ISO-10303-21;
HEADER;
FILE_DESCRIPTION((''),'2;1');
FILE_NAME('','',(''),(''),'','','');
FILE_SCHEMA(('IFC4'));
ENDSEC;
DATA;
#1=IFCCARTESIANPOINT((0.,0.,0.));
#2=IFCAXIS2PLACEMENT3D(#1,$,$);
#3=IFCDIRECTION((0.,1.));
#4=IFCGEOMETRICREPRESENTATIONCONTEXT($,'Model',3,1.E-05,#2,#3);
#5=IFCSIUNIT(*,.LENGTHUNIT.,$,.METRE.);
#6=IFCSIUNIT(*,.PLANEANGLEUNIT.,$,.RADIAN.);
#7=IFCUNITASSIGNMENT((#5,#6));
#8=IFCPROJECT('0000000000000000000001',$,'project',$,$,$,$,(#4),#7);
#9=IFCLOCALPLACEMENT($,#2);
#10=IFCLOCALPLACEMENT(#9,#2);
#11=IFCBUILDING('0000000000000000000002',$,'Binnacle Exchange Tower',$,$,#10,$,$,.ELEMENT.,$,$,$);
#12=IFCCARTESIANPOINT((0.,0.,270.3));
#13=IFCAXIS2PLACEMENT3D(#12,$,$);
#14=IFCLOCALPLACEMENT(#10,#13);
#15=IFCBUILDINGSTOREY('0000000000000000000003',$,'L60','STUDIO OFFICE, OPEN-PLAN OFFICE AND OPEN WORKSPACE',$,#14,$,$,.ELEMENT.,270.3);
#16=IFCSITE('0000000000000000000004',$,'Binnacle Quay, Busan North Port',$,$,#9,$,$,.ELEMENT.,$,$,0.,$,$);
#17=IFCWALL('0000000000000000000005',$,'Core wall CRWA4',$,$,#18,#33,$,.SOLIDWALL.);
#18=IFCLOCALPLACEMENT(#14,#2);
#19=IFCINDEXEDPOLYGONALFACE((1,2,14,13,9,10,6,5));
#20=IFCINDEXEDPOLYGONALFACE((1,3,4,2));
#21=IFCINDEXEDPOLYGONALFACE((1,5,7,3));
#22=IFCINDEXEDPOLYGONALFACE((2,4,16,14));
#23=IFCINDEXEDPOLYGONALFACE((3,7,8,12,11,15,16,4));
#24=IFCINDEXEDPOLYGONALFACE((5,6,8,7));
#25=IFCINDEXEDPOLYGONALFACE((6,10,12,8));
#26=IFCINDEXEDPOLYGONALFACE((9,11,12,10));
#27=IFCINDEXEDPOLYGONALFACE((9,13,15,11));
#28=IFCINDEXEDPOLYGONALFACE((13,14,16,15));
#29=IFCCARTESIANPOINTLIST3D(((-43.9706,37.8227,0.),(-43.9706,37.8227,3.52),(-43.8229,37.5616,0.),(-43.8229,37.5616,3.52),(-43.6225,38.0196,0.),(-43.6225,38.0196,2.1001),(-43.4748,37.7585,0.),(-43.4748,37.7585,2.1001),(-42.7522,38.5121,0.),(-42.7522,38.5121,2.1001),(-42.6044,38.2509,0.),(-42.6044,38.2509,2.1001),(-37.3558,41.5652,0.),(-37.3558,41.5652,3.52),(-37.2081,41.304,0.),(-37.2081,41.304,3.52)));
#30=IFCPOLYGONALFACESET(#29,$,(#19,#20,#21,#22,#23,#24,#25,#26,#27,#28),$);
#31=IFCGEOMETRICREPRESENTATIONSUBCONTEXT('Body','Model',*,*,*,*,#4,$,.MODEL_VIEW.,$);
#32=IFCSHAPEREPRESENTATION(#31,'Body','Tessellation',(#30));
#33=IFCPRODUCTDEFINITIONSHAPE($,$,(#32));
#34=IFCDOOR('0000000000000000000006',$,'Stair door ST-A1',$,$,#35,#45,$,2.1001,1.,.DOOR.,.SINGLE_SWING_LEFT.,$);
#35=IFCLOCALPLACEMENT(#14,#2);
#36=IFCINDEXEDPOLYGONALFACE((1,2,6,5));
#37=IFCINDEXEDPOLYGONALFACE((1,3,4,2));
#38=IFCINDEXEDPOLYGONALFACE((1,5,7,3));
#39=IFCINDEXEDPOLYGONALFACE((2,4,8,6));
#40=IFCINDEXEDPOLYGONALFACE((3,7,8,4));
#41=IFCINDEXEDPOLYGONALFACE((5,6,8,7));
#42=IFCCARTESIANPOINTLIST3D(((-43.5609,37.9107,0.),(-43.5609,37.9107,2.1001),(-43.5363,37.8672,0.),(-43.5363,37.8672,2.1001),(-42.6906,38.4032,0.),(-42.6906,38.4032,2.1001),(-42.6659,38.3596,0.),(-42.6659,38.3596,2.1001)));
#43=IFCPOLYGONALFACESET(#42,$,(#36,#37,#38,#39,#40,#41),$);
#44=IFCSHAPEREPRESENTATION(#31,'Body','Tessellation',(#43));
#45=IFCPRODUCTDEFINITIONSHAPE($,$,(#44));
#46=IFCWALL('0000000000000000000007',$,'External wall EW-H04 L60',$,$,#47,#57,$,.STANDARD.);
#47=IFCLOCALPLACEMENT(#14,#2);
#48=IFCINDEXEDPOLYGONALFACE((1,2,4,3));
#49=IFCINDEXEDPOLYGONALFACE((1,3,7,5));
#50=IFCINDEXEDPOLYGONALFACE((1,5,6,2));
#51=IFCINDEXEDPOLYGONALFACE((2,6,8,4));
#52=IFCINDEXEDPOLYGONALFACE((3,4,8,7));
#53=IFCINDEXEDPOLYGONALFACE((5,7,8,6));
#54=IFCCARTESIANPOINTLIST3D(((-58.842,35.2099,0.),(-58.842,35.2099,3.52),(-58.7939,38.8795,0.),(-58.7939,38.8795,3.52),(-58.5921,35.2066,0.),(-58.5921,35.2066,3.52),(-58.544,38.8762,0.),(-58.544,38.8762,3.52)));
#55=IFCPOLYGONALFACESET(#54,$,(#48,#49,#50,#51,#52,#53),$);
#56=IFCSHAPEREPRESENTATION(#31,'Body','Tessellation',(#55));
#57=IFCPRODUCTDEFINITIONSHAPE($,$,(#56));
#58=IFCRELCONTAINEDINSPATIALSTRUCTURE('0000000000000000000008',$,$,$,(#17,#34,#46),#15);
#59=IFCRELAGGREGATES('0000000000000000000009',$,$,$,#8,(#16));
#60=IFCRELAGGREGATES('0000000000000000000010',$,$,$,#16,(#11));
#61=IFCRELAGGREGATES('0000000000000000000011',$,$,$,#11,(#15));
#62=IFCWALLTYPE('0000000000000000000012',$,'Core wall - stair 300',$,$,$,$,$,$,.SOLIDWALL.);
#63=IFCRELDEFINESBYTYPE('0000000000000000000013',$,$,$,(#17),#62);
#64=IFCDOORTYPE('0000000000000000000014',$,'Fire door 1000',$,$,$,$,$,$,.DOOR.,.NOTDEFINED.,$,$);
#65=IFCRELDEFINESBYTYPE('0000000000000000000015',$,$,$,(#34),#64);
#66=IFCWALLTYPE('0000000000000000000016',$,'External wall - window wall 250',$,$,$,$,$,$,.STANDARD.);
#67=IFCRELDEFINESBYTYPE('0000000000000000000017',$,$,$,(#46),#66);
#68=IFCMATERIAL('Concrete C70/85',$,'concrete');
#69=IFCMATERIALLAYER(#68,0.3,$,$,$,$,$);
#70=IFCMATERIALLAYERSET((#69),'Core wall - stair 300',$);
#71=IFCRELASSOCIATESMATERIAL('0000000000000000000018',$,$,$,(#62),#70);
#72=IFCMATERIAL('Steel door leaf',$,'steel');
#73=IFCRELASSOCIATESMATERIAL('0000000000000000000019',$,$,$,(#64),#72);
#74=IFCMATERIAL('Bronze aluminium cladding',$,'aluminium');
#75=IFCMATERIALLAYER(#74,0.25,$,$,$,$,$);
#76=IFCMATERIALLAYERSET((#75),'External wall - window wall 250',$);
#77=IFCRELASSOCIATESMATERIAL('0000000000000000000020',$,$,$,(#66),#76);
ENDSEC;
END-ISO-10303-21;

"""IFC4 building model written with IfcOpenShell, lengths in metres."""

from ifc_helpers import new_model, si_unit, direction, frame, frame_2d, origin, place, context, subcontext, project, spatial, rectangle, extrude, material, layer, layer_set, type_object, element, fill, save


model = new_model("IFC4")

# Units and contexts
model_context = context("Model", 3, precision=1e-05, world=origin(), true_north=direction((0.0, 1.0)))
body_context = subcontext(model_context, "Body", "Model", "MODEL_VIEW")
ifc_project = project(units=[si_unit("LENGTHUNIT", "METRE"), si_unit("PLANEANGLEUNIT", "RADIAN")], contexts=[model_context])

# Site, building, storey
site_placement = place(None, origin())
site = spatial("IfcSite", under=ifc_project, at=site_placement, Name="Binnacle Quay, Busan North Port", CompositionType="ELEMENT", RefElevation=0.0)
building_placement = place(site_placement, origin())
building = spatial("IfcBuilding", under=site, at=building_placement, Name="Binnacle Exchange Tower", CompositionType="ELEMENT")
storey_placement = place(building_placement, frame((0.0, 0.0, 270.3)))
storey = spatial("IfcBuildingStorey", under=building, at=storey_placement, Name="L60", Description="STUDIO OFFICE, OPEN-PLAN OFFICE AND OPEN WORKSPACE", CompositionType="ELEMENT", Elevation=270.3)

# Wall, opening, door
ifc_material_1 = material(Name="Concrete C70/85", Category="concrete")
ifc_layer_1 = layer(ifc_material_1, 0.3)
ifc_layer_set_1 = layer_set([ifc_layer_1], Name="Core wall - stair 300")
wall_type_1 = type_object("IfcWallType", Name="Core wall - stair 300", PredefinedType="SOLIDWALL", material=ifc_layer_set_1)
wall_1_placement = place(storey_placement, frame((-43.8967, 37.6921, 0.0), z_axis=(0.0, 0.0, 1.0), x_axis=(0.870356, 0.492422, 0.0)))
wall_1 = element("IfcWall", 1, at=wall_1_placement, inside=storey, type_object=wall_type_1, Name="Core wall CRWA4", PredefinedType="SOLIDWALL", context=body_context, shape_type="SweptSolid", body=[
    extrude(rectangle(XDim=7.6001, YDim=0.3, at=frame_2d((3.8, 0.0))), origin(), (0.0, 0.0, 1.0), 3.52),
])
opening_1_placement = place(wall_1_placement, frame((0.3999, 0.0, 0.0)))
opening_1 = element("IfcOpeningElement", 2, at=opening_1_placement, cuts=wall_1, PredefinedType="OPENING", context=body_context, shape_type="SweptSolid", body=[
    extrude(rectangle(XDim=1.0, YDim=2.1001, at=frame_2d((0.5, 1.05))), frame((0.0, 0.1599, 0.0), z_axis=(0.0, -1.0, 0.0), x_axis=(1.0, 0.0, 0.0)), (0.0, 0.0, 1.0), 0.3201),
])
ifc_material_2 = material(Name="Steel door leaf", Category="steel")
door_type_1 = type_object("IfcDoorType", Name="Fire door 1000", OperationType="NOTDEFINED", PredefinedType="DOOR", material=ifc_material_2)
door_1_placement = place(opening_1_placement, origin())
door_1 = element("IfcDoor", 3, at=door_1_placement, inside=storey, type_object=door_type_1, Name="Stair door ST-A1", OperationType="SINGLE_SWING_LEFT", OverallHeight=2.1001, OverallWidth=1.0, PredefinedType="DOOR", context=body_context, shape_type="SweptSolid", body=[
    extrude(rectangle(XDim=1.0, YDim=2.1001, at=frame_2d((0.5, 1.05))), frame((0.0, 0.0249, 0.0), z_axis=(0.0, -1.0, 0.0), x_axis=(1.0, 0.0, 0.0)), (0.0, 0.0, 1.0), 0.05),
])
fill(opening_1, door_1)

# Wall
ifc_material_3 = material(Name="Bronze aluminium cladding", Category="aluminium")
ifc_layer_2 = layer(ifc_material_3, 0.25)
ifc_layer_set_2 = layer_set([ifc_layer_2], Name="External wall - window wall 250")
wall_type_2 = type_object("IfcWallType", Name="External wall - window wall 250", PredefinedType="STANDARD", material=ifc_layer_set_2)
wall_2_placement = place(storey_placement, frame((-58.717, 35.2083, 0.0), z_axis=(0.0, 0.0, 1.0), x_axis=(0.013105, 0.999914, 0.0)))
element("IfcWall", 4, at=wall_2_placement, inside=storey, type_object=wall_type_2, Name="External wall EW-H04 L60", PredefinedType="STANDARD", context=body_context, shape_type="SweptSolid", body=[
    extrude(rectangle(XDim=3.6699, YDim=0.25, at=frame_2d((1.835, 0.0))), origin(), (0.0, 0.0, 1.0), 3.52),
])

save(model, "model.ifc")
